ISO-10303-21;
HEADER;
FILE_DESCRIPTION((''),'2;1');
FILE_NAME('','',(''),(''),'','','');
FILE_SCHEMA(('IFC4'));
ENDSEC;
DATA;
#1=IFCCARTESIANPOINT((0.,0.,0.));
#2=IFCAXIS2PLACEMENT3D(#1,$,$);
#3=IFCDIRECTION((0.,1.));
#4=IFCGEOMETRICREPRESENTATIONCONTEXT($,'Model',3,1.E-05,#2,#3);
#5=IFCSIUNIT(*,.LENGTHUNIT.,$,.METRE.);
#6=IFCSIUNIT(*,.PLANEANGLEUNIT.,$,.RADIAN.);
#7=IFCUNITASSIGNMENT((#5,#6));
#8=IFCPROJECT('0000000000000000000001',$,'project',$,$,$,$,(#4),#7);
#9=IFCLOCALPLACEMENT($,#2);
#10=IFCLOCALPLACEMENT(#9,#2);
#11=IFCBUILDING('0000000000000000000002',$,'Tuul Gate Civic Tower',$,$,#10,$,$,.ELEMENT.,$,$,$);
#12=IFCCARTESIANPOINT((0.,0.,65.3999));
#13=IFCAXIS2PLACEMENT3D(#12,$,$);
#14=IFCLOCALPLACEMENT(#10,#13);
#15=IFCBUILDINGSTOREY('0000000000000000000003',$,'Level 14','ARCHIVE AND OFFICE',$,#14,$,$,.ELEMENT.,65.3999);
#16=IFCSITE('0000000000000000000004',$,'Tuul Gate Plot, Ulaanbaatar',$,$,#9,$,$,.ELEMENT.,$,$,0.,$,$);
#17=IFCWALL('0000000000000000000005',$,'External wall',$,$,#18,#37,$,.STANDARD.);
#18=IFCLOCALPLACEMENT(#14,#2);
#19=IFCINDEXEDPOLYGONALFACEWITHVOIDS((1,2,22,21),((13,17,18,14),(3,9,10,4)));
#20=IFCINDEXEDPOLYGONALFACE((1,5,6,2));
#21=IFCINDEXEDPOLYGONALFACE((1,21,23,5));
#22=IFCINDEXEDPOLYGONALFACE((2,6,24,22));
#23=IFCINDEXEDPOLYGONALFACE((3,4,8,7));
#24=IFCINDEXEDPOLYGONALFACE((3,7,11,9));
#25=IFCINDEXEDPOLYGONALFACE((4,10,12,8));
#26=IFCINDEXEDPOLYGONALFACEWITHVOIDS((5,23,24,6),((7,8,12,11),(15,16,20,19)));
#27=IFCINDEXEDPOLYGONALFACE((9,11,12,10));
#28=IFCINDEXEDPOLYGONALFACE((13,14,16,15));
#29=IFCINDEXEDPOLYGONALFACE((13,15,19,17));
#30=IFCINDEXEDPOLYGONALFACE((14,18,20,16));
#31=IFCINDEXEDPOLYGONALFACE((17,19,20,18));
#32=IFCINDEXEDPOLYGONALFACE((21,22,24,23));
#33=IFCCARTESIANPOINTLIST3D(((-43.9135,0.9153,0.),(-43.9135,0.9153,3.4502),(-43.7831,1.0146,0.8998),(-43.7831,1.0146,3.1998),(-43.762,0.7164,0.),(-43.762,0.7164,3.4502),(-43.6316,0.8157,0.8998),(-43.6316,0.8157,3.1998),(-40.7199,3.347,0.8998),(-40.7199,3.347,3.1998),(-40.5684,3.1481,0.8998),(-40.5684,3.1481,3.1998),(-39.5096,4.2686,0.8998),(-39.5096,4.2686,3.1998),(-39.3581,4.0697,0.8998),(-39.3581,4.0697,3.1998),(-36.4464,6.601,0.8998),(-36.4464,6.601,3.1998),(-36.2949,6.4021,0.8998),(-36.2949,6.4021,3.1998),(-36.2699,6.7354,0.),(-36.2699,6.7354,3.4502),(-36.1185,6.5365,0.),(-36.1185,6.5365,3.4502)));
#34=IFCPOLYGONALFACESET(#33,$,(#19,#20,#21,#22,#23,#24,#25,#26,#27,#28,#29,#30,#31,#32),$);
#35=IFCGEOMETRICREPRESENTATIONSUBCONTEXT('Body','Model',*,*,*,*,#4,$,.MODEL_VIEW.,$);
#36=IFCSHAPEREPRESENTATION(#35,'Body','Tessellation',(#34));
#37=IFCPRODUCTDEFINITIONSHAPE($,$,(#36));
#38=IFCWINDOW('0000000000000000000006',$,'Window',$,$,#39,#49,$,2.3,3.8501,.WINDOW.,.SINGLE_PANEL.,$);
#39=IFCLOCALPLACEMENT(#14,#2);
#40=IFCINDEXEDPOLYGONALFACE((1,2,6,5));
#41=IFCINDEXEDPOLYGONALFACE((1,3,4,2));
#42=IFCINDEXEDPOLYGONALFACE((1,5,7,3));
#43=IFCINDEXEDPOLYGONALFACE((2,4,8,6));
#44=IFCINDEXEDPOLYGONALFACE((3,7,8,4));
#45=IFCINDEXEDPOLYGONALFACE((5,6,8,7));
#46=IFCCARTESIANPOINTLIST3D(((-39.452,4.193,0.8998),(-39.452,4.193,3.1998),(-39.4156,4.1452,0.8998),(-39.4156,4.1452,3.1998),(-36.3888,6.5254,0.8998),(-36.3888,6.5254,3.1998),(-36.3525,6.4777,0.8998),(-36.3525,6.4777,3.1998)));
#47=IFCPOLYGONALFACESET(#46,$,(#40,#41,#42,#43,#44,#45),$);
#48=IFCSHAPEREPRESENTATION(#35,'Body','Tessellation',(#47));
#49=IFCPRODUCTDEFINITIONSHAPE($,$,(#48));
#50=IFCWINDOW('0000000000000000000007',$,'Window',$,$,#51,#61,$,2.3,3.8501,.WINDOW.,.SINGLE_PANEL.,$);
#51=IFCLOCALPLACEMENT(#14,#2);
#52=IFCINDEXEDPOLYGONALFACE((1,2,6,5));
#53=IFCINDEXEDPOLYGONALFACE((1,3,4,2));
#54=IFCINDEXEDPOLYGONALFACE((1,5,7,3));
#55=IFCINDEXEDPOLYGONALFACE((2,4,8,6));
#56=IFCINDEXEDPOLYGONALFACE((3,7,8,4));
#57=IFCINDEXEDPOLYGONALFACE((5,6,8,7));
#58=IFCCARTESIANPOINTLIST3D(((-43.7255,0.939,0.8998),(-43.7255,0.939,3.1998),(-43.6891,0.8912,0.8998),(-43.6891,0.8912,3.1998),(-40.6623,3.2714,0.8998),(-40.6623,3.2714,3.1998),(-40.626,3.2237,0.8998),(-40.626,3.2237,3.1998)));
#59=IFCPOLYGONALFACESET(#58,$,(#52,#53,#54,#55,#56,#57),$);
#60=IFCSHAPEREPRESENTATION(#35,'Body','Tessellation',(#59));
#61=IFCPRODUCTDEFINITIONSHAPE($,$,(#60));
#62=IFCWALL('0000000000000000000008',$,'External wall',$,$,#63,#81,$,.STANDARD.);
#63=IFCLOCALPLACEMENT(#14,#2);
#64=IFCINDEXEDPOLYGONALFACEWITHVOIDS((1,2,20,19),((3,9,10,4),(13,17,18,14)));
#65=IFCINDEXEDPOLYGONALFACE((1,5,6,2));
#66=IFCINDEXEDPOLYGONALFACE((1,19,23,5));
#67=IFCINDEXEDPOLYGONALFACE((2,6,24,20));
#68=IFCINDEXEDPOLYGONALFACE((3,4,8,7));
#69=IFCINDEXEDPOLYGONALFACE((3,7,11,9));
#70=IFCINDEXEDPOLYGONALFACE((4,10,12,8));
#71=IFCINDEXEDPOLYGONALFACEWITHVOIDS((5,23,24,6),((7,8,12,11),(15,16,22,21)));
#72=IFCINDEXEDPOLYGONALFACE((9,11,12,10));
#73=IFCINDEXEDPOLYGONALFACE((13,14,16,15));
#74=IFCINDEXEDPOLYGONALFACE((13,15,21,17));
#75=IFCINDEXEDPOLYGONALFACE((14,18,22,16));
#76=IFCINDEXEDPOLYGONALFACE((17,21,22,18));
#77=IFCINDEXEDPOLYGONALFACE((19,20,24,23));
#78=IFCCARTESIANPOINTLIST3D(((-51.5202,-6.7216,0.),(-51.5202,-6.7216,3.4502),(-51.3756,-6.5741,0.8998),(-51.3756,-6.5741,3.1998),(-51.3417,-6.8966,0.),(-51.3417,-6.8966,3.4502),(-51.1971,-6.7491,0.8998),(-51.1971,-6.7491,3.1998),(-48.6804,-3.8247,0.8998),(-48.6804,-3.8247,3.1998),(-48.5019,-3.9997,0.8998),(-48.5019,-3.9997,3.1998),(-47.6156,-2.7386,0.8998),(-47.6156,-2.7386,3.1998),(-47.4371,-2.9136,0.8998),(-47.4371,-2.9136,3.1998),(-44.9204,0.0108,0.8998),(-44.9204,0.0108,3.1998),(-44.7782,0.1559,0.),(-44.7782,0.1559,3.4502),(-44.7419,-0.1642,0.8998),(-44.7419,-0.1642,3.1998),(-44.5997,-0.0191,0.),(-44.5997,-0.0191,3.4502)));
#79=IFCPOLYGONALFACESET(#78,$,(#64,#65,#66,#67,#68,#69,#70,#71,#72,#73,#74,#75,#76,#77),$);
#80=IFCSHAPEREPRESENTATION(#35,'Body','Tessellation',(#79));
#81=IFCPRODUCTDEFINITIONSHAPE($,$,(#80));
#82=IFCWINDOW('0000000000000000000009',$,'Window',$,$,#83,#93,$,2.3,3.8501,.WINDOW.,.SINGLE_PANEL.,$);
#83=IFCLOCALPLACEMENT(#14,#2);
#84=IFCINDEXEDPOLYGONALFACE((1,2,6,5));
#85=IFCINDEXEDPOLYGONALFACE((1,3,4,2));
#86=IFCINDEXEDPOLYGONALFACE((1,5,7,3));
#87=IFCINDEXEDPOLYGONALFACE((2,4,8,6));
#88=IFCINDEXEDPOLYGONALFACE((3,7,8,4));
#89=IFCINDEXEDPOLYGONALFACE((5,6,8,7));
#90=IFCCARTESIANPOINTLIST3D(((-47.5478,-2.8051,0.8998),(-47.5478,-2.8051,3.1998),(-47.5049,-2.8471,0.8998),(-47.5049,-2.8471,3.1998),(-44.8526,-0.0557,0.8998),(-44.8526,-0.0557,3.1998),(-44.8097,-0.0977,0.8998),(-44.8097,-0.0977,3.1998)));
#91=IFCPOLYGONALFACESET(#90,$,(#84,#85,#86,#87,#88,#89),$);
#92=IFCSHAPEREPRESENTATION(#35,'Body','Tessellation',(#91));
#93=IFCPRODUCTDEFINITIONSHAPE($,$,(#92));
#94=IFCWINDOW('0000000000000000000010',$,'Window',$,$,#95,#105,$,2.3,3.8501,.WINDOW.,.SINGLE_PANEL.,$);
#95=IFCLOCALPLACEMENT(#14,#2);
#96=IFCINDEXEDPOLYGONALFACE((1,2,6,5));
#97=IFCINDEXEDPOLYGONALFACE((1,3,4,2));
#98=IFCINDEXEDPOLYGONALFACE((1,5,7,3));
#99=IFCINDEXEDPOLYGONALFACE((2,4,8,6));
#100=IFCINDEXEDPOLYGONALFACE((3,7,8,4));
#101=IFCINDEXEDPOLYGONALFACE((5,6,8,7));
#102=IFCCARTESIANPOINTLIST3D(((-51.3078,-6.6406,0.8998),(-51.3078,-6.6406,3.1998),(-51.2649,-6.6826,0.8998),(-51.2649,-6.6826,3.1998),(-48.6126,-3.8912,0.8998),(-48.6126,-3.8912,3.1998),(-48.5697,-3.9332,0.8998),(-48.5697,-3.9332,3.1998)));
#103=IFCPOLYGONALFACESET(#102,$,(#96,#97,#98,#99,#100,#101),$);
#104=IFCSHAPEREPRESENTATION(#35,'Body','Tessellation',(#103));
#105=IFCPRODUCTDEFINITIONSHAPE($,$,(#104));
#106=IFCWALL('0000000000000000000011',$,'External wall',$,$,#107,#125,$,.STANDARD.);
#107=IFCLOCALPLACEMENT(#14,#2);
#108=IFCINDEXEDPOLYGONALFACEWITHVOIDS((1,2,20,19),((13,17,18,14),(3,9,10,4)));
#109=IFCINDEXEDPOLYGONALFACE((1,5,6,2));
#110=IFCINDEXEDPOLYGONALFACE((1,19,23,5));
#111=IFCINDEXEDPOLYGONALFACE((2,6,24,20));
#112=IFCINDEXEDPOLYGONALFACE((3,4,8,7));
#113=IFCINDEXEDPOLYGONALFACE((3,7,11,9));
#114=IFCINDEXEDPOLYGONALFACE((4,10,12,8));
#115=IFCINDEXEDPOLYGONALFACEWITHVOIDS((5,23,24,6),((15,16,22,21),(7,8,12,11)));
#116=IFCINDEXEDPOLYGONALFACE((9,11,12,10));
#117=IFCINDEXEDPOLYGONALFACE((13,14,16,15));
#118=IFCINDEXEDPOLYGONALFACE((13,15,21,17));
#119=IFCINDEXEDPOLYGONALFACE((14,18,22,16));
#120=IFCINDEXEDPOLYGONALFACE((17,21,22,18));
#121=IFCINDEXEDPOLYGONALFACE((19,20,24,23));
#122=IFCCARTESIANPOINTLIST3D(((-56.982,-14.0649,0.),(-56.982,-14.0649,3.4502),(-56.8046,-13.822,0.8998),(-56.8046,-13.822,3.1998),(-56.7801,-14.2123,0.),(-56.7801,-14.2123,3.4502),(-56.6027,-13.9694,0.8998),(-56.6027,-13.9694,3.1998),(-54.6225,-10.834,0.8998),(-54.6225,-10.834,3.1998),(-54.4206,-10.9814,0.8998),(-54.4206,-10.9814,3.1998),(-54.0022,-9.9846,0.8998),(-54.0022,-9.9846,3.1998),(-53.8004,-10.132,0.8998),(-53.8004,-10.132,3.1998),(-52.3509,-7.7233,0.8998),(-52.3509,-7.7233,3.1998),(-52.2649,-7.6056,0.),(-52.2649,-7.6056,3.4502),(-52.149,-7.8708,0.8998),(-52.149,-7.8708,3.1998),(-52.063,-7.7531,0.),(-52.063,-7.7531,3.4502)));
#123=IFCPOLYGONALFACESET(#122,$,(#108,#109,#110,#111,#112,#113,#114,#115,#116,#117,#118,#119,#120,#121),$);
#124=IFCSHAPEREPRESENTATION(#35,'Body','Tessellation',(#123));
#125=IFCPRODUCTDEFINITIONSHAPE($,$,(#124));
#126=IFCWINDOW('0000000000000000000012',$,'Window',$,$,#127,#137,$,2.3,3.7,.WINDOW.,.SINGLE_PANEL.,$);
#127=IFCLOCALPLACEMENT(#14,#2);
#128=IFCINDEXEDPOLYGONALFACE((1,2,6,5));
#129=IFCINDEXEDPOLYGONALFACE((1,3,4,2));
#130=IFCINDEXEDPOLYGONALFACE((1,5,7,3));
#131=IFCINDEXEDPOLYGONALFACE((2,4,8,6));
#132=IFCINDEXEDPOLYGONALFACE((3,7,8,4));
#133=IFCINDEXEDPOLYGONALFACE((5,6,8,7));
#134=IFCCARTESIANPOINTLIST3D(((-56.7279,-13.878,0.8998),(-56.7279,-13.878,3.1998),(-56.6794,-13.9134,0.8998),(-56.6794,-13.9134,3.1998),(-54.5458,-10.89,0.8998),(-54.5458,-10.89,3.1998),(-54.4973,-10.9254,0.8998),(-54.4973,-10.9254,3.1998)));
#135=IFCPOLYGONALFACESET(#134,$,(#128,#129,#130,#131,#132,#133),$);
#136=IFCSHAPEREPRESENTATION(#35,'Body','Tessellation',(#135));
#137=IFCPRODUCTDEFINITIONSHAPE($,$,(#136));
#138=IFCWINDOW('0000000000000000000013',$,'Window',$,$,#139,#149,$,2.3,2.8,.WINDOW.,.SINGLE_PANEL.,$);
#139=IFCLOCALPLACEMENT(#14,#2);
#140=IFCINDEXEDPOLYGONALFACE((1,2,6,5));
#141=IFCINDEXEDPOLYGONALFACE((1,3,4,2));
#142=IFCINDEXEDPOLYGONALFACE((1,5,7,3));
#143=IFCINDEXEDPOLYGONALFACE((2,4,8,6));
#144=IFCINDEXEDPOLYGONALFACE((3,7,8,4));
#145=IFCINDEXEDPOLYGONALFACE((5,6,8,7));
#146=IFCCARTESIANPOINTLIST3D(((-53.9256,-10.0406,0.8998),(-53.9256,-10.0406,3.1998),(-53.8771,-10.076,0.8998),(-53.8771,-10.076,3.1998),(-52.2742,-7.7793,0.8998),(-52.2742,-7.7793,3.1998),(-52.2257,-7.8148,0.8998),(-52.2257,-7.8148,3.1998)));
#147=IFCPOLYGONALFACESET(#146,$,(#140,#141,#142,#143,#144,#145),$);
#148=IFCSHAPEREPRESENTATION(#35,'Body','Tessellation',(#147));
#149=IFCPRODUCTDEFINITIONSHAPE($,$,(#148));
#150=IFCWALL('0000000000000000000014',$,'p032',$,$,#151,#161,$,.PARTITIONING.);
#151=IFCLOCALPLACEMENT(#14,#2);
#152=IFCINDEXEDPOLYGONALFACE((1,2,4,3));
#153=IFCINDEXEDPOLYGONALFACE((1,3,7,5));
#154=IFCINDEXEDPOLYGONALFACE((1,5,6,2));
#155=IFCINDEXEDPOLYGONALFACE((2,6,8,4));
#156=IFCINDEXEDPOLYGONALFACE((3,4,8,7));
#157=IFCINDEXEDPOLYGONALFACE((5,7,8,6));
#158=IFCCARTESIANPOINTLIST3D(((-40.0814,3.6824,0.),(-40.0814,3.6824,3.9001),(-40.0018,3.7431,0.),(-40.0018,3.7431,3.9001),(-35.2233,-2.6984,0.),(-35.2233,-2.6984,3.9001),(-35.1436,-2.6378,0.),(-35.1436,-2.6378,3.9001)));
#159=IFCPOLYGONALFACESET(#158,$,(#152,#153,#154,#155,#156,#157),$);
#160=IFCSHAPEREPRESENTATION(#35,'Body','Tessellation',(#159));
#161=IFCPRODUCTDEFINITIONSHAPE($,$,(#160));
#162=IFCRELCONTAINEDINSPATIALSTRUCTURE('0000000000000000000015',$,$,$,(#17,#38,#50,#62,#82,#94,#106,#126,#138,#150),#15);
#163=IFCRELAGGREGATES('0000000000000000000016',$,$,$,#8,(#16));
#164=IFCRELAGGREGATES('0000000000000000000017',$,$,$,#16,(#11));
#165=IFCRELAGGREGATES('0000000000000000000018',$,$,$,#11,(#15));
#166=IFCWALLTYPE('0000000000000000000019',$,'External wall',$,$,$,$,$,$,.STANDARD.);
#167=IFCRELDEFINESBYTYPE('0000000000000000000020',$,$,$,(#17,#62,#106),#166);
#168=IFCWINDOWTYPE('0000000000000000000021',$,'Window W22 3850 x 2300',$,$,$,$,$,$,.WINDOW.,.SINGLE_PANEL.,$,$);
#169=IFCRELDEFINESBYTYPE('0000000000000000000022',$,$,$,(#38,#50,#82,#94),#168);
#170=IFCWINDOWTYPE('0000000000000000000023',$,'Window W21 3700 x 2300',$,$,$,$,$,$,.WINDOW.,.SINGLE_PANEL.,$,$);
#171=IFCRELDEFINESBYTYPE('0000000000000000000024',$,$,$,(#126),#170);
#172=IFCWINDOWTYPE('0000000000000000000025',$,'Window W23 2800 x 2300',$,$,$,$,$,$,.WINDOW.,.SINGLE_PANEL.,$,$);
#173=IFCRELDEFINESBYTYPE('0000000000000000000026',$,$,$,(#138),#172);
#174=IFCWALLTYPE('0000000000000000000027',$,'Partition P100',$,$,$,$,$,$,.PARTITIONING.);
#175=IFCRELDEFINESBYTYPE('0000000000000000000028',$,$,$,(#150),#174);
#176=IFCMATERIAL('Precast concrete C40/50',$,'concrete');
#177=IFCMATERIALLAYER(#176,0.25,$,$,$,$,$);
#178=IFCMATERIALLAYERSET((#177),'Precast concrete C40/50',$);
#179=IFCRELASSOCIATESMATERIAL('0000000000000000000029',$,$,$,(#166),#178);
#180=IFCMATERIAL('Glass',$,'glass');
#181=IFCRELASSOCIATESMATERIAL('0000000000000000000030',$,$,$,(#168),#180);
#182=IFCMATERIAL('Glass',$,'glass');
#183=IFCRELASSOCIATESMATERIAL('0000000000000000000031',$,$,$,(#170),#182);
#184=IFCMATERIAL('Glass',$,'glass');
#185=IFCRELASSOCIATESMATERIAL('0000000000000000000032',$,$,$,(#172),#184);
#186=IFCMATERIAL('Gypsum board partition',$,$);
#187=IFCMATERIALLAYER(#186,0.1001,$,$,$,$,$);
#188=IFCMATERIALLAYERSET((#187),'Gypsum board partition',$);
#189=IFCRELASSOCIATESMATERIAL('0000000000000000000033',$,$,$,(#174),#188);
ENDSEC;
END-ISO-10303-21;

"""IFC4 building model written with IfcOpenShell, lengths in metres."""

from ifc_helpers import new_model, si_unit, direction, frame, frame_2d, origin, place, context, subcontext, project, spatial, rectangle, extrude, material, layer, layer_set, type_object, element, fill, save


model = new_model("IFC4")

# Units and contexts
model_context = context("Model", 3, precision=1e-05, world=origin(), true_north=direction((0.0, 1.0)))
body_context = subcontext(model_context, "Body", "Model", "MODEL_VIEW")
ifc_project = project(units=[si_unit("LENGTHUNIT", "METRE"), si_unit("PLANEANGLEUNIT", "RADIAN")], contexts=[model_context])

# Site, building, storey
site_placement = place(None, origin())
site = spatial("IfcSite", under=ifc_project, at=site_placement, Name="Tuul Gate Plot, Ulaanbaatar", CompositionType="ELEMENT", RefElevation=0.0)
building_placement = place(site_placement, origin())
building = spatial("IfcBuilding", under=site, at=building_placement, Name="Tuul Gate Civic Tower", CompositionType="ELEMENT")
storey_placement = place(building_placement, frame((0.0, 0.0, 65.3999)))
storey = spatial("IfcBuildingStorey", under=building, at=storey_placement, Name="Level 14", Description="ARCHIVE AND OFFICE", CompositionType="ELEMENT", Elevation=65.3999)

# Walls, openings, windows
ifc_material_1 = material(Name="Precast concrete C40/50", Category="concrete")
ifc_layer_1 = layer(ifc_material_1, 0.25)
ifc_layer_set_1 = layer_set([ifc_layer_1], Name="Precast concrete C40/50")
wall_type_1 = type_object("IfcWallType", Name="External wall", PredefinedType="STANDARD", material=ifc_layer_set_1)
wall_1_placement = place(storey_placement, frame((-36.1941, 6.636, 0.0), z_axis=(0.0, 0.0, 1.0), x_axis=(-0.795612, -0.605807, 0.0)))
wall_1 = element("IfcWall", 1, at=wall_1_placement, inside=storey, type_object=wall_type_1, Name="External wall", PredefinedType="STANDARD", context=body_context, shape_type="SweptSolid", body=[
    extrude(rectangle(XDim=9.6072, YDim=0.25, at=frame_2d((4.8037, 0.0))), origin(), (0.0, 0.0, 1.0), 3.4502),
])
opening_1_placement = place(wall_1_placement, frame((0.2219, 0.0, 0.8999)))
opening_1 = element("IfcOpeningElement", 2, at=opening_1_placement, cuts=wall_1, PredefinedType="OPENING", context=body_context, shape_type="SweptSolid", body=[
    extrude(rectangle(XDim=3.8501, YDim=2.3, at=frame_2d((1.925, 1.1499))), frame((0.0, 0.135, 0.0), z_axis=(0.0, -1.0, 0.0), x_axis=(1.0, 0.0, 0.0)), (0.0, 0.0, 1.0), 0.27),
])
opening_2_placement = place(wall_1_placement, frame((5.5933, 0.0, 0.8999)))
opening_2 = element("IfcOpeningElement", 3, at=opening_2_placement, cuts=wall_1, PredefinedType="OPENING", context=body_context, shape_type="SweptSolid", body=[
    extrude(rectangle(XDim=3.8501, YDim=2.3, at=frame_2d((1.925, 1.1499))), frame((0.0, 0.135, 0.0), z_axis=(0.0, -1.0, 0.0), x_axis=(1.0, 0.0, 0.0)), (0.0, 0.0, 1.0), 0.27),
])
ifc_material_2 = material(Name="Glass", Category="glass")
window_type_1 = type_object("IfcWindowType", Name="Window W22 3850 x 2300", PartitioningType="SINGLE_PANEL", PredefinedType="WINDOW", material=ifc_material_2)
window_1_placement = place(opening_1_placement, origin())
window_1 = element("IfcWindow", 4, at=window_1_placement, inside=storey, type_object=window_type_1, Name="Window", OverallHeight=2.3, OverallWidth=3.8501, PartitioningType="SINGLE_PANEL", PredefinedType="WINDOW", context=body_context, shape_type="SweptSolid", body=[
    extrude(rectangle(XDim=3.8501, YDim=2.3, at=frame_2d((1.925, 1.1499))), frame((0.0, 0.03, 0.0), z_axis=(0.0, -1.0, 0.0), x_axis=(1.0, 0.0, 0.0)), (0.0, 0.0, 1.0), 0.0601),
])
fill(opening_1, window_1)
window_2_placement = place(opening_2_placement, origin())
window_2 = element("IfcWindow", 5, at=window_2_placement, inside=storey, type_object=window_type_1, Name="Window", OverallHeight=2.3, OverallWidth=3.8501, PartitioningType="SINGLE_PANEL", PredefinedType="WINDOW", context=body_context, shape_type="SweptSolid", body=[
    extrude(rectangle(XDim=3.8501, YDim=2.3, at=frame_2d((1.925, 1.1499))), frame((0.0, 0.03, 0.0), z_axis=(0.0, -1.0, 0.0), x_axis=(1.0, 0.0, 0.0)), (0.0, 0.0, 1.0), 0.0601),
])
fill(opening_2, window_2)
wall_2_placement = place(storey_placement, frame((-44.689, 0.0684, 0.0), z_axis=(0.0, 0.0, 1.0), x_axis=(-0.700037, -0.714106, 0.0)))
wall_2 = element("IfcWall", 6, at=wall_2_placement, inside=storey, type_object=wall_type_1, Name="External wall", PredefinedType="STANDARD", context=body_context, shape_type="SweptSolid", body=[
    extrude(rectangle(XDim=9.6309, YDim=0.25, at=frame_2d((4.8154, 0.0))), origin(), (0.0, 0.0, 1.0), 3.4502),
])
opening_3_placement = place(wall_2_placement, frame((0.2031, 0.0, 0.8999)))
opening_3 = element("IfcOpeningElement", 7, at=opening_3_placement, cuts=wall_2, PredefinedType="OPENING", context=body_context, shape_type="SweptSolid", body=[
    extrude(rectangle(XDim=3.8501, YDim=2.3, at=frame_2d((1.925, 1.1499))), frame((0.0, 0.135, 0.0), z_axis=(0.0, -1.0, 0.0), x_axis=(1.0, 0.0, 0.0)), (0.0, 0.0, 1.0), 0.27),
])
opening_4_placement = place(wall_2_placement, frame((5.5742, 0.0, 0.8999)))
opening_4 = element("IfcOpeningElement", 8, at=opening_4_placement, cuts=wall_2, PredefinedType="OPENING", context=body_context, shape_type="SweptSolid", body=[
    extrude(rectangle(XDim=3.8501, YDim=2.3, at=frame_2d((1.925, 1.1499))), frame((0.0, 0.135, 0.0), z_axis=(0.0, -1.0, 0.0), x_axis=(1.0, 0.0, 0.0)), (0.0, 0.0, 1.0), 0.27),
])
window_3_placement = place(opening_3_placement, origin())
window_3 = element("IfcWindow", 9, at=window_3_placement, inside=storey, type_object=window_type_1, Name="Window", OverallHeight=2.3, OverallWidth=3.8501, PartitioningType="SINGLE_PANEL", PredefinedType="WINDOW", context=body_context, shape_type="SweptSolid", body=[
    extrude(rectangle(XDim=3.8501, YDim=2.3, at=frame_2d((1.925, 1.1499))), frame((0.0, 0.03, 0.0), z_axis=(0.0, -1.0, 0.0), x_axis=(1.0, 0.0, 0.0)), (0.0, 0.0, 1.0), 0.0601),
])
fill(opening_3, window_3)
window_4_placement = place(opening_4_placement, origin())
window_4 = element("IfcWindow", 10, at=window_4_placement, inside=storey, type_object=window_type_1, Name="Window", OverallHeight=2.3, OverallWidth=3.8501, PartitioningType="SINGLE_PANEL", PredefinedType="WINDOW", context=body_context, shape_type="SweptSolid", body=[
    extrude(rectangle(XDim=3.8501, YDim=2.3, at=frame_2d((1.925, 1.1499))), frame((0.0, 0.03, 0.0), z_axis=(0.0, -1.0, 0.0), x_axis=(1.0, 0.0, 0.0)), (0.0, 0.0, 1.0), 0.0601),
])
fill(opening_4, window_4)
wall_3_placement = place(storey_placement, frame((-52.1641, -7.6794, 0.0), z_axis=(0.0, 0.0, 1.0), x_axis=(-0.589759, -0.80758, 0.0)))
wall_3 = element("IfcWall", 11, at=wall_3_placement, inside=storey, type_object=wall_type_1, Name="External wall", PredefinedType="STANDARD", context=body_context, shape_type="SweptSolid", body=[
    extrude(rectangle(XDim=7.9983, YDim=0.25, at=frame_2d((3.999, 0.0))), origin(), (0.0, 0.0, 1.0), 3.4502),
])
opening_5_placement = place(wall_3_placement, frame((0.1458, 0.0, 0.8999)))
opening_5 = element("IfcOpeningElement", 12, at=opening_5_placement, cuts=wall_3, PredefinedType="OPENING", context=body_context, shape_type="SweptSolid", body=[
    extrude(rectangle(XDim=2.8, YDim=2.3, at=frame_2d((1.3999, 1.1499))), frame((0.0, 0.135, 0.0), z_axis=(0.0, -1.0, 0.0), x_axis=(1.0, 0.0, 0.0)), (0.0, 0.0, 1.0), 0.27),
])
opening_6_placement = place(wall_3_placement, frame((3.9973, 0.0, 0.8999)))
opening_6 = element("IfcOpeningElement", 13, at=opening_6_placement, cuts=wall_3, PredefinedType="OPENING", context=body_context, shape_type="SweptSolid", body=[
    extrude(rectangle(XDim=3.7, YDim=2.3, at=frame_2d((1.8501, 1.1499))), frame((0.0, 0.135, 0.0), z_axis=(0.0, -1.0, 0.0), x_axis=(1.0, 0.0, 0.0)), (0.0, 0.0, 1.0), 0.27),
])
ifc_material_3 = material(Name="Glass", Category="glass")
window_type_2 = type_object("IfcWindowType", Name="Window W21 3700 x 2300", PartitioningType="SINGLE_PANEL", PredefinedType="WINDOW", material=ifc_material_3)
window_5_placement = place(opening_6_placement, origin())
window_5 = element("IfcWindow", 14, at=window_5_placement, inside=storey, type_object=window_type_2, Name="Window", OverallHeight=2.3, OverallWidth=3.7, PartitioningType="SINGLE_PANEL", PredefinedType="WINDOW", context=body_context, shape_type="SweptSolid", body=[
    extrude(rectangle(XDim=3.7, YDim=2.3, at=frame_2d((1.8501, 1.1499))), frame((0.0, 0.03, 0.0), z_axis=(0.0, -1.0, 0.0), x_axis=(1.0, 0.0, 0.0)), (0.0, 0.0, 1.0), 0.0601),
])
fill(opening_6, window_5)
ifc_material_4 = material(Name="Glass", Category="glass")
window_type_3 = type_object("IfcWindowType", Name="Window W23 2800 x 2300", PartitioningType="SINGLE_PANEL", PredefinedType="WINDOW", material=ifc_material_4)
window_6_placement = place(opening_5_placement, origin())
window_6 = element("IfcWindow", 15, at=window_6_placement, inside=storey, type_object=window_type_3, Name="Window", OverallHeight=2.3, OverallWidth=2.8, PartitioningType="SINGLE_PANEL", PredefinedType="WINDOW", context=body_context, shape_type="SweptSolid", body=[
    extrude(rectangle(XDim=2.8, YDim=2.3, at=frame_2d((1.3999, 1.1499))), frame((0.0, 0.03, 0.0), z_axis=(0.0, -1.0, 0.0), x_axis=(1.0, 0.0, 0.0)), (0.0, 0.0, 1.0), 0.0601),
])
fill(opening_5, window_6)

# Wall
ifc_material_5 = material(Name="Gypsum board partition")
ifc_layer_2 = layer(ifc_material_5, 0.1001)
ifc_layer_set_2 = layer_set([ifc_layer_2], Name="Gypsum board partition")
wall_type_2 = type_object("IfcWallType", Name="Partition P100", PredefinedType="PARTITIONING", material=ifc_layer_set_2)
wall_4_placement = place(storey_placement, frame((-40.0415, 3.7126, 0.0), z_axis=(0.0, 0.0, 1.0), x_axis=(0.605771, -0.795639, 0.0)))
element("IfcWall", 16, at=wall_4_placement, inside=storey, type_object=wall_type_2, Name="p032", PredefinedType="PARTITIONING", context=body_context, shape_type="SweptSolid", body=[
    extrude(rectangle(XDim=8.0198, YDim=0.1001, at=frame_2d((4.0098, 0.0))), origin(), (0.0, 0.0, 1.0), 3.9001),
])

save(model, "model.ifc")
